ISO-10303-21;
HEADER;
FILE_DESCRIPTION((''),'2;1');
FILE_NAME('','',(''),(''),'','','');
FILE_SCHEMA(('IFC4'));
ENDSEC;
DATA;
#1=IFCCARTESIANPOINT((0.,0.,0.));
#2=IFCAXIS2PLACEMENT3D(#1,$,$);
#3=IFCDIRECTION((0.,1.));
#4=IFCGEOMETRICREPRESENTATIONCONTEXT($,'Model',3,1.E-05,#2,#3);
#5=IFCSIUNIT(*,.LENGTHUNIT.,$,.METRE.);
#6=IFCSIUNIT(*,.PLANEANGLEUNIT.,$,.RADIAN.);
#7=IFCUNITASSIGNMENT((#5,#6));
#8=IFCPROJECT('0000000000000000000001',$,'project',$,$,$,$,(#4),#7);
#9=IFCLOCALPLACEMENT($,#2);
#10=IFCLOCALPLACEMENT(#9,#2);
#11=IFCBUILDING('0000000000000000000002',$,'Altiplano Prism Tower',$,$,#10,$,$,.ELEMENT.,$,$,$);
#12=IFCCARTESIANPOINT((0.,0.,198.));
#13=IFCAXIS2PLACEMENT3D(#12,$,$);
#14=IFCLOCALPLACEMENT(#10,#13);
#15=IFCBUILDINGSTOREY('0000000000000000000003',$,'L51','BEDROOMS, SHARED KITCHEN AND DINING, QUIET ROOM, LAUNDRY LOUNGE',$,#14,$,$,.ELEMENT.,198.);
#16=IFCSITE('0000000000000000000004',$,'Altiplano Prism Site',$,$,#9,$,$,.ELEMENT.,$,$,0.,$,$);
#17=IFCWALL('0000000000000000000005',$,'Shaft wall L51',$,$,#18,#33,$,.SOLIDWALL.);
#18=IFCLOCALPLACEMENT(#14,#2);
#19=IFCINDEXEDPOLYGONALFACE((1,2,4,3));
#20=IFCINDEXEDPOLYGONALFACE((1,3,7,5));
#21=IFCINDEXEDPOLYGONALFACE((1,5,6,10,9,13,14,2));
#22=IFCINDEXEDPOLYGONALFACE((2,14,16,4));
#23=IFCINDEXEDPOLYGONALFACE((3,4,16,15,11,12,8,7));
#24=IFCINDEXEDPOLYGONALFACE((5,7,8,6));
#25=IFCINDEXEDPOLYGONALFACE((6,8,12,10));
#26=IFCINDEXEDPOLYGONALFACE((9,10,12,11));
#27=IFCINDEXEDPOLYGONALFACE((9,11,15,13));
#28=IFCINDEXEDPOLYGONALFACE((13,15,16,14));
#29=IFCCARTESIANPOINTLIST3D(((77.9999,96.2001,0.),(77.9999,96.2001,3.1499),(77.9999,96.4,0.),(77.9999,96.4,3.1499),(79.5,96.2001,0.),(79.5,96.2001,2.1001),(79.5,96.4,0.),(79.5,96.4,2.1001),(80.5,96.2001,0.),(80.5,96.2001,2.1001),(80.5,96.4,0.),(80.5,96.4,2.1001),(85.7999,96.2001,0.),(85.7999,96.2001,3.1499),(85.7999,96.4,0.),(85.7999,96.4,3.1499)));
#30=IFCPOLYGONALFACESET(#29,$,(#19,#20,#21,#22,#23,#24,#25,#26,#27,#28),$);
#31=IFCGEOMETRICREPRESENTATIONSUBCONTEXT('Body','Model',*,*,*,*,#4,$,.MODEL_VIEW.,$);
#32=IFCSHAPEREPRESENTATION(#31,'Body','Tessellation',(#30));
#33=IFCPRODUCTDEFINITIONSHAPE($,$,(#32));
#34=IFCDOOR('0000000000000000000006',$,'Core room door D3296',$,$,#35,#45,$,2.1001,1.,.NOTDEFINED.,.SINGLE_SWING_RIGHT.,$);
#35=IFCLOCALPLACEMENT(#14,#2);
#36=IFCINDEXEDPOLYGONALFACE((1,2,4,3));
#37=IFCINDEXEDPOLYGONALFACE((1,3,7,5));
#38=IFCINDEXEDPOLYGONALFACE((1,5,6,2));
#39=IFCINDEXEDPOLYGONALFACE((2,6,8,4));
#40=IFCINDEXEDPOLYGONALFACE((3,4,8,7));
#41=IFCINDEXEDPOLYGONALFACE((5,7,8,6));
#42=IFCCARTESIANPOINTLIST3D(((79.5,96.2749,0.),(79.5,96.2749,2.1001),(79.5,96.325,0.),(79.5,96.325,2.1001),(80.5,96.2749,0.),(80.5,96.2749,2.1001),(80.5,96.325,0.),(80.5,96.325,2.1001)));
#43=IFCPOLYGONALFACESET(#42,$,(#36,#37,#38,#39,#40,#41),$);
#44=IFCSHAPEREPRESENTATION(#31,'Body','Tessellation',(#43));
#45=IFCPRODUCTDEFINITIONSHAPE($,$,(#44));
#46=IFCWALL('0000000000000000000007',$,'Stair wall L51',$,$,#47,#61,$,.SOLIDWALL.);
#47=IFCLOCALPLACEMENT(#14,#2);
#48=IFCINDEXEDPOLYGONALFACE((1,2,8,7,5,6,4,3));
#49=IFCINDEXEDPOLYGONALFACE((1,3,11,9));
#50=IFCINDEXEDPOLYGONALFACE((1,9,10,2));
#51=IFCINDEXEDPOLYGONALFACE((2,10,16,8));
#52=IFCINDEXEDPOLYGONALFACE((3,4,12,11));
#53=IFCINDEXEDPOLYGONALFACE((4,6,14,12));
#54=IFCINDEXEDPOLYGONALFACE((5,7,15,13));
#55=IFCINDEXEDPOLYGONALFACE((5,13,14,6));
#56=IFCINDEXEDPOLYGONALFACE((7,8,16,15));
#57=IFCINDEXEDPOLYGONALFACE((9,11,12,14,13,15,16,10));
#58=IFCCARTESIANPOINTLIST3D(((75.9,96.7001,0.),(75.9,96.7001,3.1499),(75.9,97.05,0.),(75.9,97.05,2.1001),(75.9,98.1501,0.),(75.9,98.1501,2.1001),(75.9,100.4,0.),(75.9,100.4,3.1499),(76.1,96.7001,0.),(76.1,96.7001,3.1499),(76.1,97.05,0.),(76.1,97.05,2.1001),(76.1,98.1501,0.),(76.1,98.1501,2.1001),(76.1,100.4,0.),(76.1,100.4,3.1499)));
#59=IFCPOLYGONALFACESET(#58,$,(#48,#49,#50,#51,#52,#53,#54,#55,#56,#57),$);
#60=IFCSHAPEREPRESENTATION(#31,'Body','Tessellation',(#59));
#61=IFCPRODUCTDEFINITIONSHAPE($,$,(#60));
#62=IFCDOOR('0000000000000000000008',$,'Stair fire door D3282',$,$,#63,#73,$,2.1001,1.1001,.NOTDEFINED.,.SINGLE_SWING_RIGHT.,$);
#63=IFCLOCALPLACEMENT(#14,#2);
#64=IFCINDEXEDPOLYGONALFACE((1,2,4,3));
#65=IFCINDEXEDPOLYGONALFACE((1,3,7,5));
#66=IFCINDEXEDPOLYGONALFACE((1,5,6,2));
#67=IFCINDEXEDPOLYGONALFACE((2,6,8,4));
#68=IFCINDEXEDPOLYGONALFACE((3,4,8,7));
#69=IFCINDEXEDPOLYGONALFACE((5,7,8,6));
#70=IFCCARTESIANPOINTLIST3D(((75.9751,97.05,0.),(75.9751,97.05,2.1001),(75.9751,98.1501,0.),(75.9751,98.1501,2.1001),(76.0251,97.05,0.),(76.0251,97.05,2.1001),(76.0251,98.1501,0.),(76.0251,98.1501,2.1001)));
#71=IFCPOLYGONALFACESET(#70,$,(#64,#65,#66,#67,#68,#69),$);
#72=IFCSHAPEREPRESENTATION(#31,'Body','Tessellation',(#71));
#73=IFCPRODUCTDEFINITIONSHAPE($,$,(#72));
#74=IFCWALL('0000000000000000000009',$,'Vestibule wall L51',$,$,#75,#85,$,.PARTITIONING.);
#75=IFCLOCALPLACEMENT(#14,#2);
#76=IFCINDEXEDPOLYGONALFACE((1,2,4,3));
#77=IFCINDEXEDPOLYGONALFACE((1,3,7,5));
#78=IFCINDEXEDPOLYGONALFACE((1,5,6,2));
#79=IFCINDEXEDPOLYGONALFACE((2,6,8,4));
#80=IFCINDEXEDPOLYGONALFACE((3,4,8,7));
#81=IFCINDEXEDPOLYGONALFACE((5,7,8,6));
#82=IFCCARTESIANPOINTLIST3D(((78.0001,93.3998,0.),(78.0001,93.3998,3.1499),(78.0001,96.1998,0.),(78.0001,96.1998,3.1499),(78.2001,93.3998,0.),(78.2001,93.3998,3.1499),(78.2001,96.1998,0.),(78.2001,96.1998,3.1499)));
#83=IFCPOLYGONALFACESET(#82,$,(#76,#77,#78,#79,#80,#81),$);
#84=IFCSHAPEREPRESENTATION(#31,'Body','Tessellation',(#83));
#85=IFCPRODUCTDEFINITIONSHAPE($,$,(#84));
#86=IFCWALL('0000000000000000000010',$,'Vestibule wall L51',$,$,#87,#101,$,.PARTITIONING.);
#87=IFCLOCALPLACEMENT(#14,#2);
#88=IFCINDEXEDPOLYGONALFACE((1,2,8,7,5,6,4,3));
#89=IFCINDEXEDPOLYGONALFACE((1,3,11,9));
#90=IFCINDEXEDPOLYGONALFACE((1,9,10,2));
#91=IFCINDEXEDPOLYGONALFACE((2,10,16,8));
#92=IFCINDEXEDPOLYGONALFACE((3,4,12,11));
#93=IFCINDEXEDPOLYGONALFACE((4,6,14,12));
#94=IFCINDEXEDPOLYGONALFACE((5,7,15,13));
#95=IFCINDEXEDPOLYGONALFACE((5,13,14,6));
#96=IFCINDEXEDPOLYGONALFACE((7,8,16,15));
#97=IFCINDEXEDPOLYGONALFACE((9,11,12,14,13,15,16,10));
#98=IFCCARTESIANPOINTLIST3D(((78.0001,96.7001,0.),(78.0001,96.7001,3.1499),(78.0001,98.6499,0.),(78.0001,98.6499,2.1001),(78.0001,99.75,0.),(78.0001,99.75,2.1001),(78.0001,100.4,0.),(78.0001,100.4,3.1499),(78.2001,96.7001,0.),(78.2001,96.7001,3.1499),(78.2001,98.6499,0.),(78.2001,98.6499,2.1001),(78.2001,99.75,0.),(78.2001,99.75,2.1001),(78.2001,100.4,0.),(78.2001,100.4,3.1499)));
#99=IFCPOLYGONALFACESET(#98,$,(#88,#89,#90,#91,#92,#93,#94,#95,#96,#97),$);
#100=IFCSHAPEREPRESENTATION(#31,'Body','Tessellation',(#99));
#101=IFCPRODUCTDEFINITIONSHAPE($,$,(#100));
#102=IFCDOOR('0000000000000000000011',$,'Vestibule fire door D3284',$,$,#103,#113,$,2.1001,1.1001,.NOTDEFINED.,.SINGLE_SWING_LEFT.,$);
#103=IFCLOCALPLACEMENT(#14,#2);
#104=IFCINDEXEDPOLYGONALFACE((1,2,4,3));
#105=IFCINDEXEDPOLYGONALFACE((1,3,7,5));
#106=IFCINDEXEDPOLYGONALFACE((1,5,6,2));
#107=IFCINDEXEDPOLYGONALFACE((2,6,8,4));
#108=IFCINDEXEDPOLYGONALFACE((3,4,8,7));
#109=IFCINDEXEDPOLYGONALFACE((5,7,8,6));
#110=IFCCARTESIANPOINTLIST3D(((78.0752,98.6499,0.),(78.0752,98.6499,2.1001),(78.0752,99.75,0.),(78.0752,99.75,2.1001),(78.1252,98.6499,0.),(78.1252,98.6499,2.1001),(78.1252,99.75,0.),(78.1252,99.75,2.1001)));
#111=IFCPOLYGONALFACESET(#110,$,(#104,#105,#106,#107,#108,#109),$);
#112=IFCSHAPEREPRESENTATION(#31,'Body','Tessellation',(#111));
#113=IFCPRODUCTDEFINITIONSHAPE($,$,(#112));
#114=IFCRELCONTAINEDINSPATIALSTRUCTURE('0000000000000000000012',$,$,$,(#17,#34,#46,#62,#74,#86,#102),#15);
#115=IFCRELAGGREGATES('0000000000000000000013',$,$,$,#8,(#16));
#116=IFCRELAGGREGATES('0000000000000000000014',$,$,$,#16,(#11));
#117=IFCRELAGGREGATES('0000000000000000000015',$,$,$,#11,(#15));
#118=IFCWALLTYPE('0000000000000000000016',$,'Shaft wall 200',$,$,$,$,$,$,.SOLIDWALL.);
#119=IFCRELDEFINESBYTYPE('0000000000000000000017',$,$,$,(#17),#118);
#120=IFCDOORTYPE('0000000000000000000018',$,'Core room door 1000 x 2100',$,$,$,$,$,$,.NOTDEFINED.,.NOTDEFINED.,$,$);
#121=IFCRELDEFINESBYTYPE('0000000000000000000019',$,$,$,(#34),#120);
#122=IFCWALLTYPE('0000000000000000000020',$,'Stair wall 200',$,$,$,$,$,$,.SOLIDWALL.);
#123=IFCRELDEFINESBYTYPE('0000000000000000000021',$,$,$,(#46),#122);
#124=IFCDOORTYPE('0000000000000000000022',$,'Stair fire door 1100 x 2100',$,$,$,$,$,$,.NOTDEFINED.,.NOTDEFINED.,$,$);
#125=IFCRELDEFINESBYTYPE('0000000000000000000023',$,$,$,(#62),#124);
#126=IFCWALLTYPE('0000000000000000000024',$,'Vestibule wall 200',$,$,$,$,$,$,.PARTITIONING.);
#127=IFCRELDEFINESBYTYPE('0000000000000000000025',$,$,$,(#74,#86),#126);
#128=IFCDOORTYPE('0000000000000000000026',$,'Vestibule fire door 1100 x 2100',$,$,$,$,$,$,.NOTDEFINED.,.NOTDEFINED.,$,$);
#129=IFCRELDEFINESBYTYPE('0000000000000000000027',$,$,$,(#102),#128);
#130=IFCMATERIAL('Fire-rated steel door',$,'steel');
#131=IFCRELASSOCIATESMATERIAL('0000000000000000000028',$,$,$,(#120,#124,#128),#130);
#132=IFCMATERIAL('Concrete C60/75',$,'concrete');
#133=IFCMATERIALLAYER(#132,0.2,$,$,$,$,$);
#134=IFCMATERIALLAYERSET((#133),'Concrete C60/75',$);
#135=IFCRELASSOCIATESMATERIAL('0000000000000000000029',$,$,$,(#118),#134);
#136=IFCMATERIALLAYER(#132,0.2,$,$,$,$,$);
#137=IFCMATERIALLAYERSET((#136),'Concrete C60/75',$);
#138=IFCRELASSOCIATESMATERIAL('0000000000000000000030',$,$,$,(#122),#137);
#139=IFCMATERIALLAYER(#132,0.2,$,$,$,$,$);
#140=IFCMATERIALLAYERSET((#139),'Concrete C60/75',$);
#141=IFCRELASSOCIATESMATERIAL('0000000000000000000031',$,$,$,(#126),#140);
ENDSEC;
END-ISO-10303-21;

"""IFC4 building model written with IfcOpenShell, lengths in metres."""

from ifc_helpers import new_model, si_unit, direction, frame, frame_2d, origin, place, context, subcontext, project, spatial, rectangle, extrude, material, layer, layer_set, type_object, element, fill, save


model = new_model("IFC4")

# Units and contexts
model_context = context("Model", 3, precision=1e-05, world=origin(), true_north=direction((0.0, 1.0)))
body_context = subcontext(model_context, "Body", "Model", "MODEL_VIEW")
ifc_project = project(units=[si_unit("LENGTHUNIT", "METRE"), si_unit("PLANEANGLEUNIT", "RADIAN")], contexts=[model_context])

# Site, building, storey
site_placement = place(None, origin())
site = spatial("IfcSite", under=ifc_project, at=site_placement, Name="Altiplano Prism Site", CompositionType="ELEMENT", RefElevation=0.0)
building_placement = place(site_placement, origin())
building = spatial("IfcBuilding", under=site, at=building_placement, Name="Altiplano Prism Tower", CompositionType="ELEMENT")
storey_placement = place(building_placement, frame((0.0, 0.0, 198.0)))
storey = spatial("IfcBuildingStorey", under=building, at=storey_placement, Name="L51", Description="BEDROOMS, SHARED KITCHEN AND DINING, QUIET ROOM, LAUNDRY LOUNGE", CompositionType="ELEMENT", Elevation=198.0)

# Shared definitions
ifc_material_1 = material(Name="Concrete C60/75", Category="concrete")
ifc_material_2 = material(Name="Fire-rated steel door", Category="steel")
door_type_1 = type_object("IfcDoorType", Name="Core room door 1000 x 2100", OperationType="NOTDEFINED", PredefinedType="NOTDEFINED", material=ifc_material_2)

# Walls, openings, doors
ifc_layer_1 = layer(ifc_material_1, 0.2)
ifc_layer_set_1 = layer_set([ifc_layer_1], Name="Concrete C60/75")
wall_type_1 = type_object("IfcWallType", Name="Shaft wall 200", PredefinedType="SOLIDWALL", material=ifc_layer_set_1)
wall_1_placement = place(storey_placement, frame((78.0, 96.3, 0.0), z_axis=(0.0, 0.0, 1.0), x_axis=(1.0, 0.0, 0.0)))
wall_1 = element("IfcWall", 1, at=wall_1_placement, inside=storey, type_object=wall_type_1, Name="Shaft wall L51", PredefinedType="SOLIDWALL", context=body_context, shape_type="SweptSolid", body=[
    extrude(rectangle(XDim=7.8, YDim=0.2, at=frame_2d((3.8999, 0.0))), origin(), (0.0, 0.0, 1.0), 3.1499),
])
opening_1_placement = place(wall_1_placement, frame((1.5, 0.0, 0.0)))
opening_1 = element("IfcOpeningElement", 2, at=opening_1_placement, cuts=wall_1, PredefinedType="OPENING", context=body_context, shape_type="SweptSolid", body=[
    extrude(rectangle(XDim=1.0, YDim=2.1001, at=frame_2d((0.5, 1.05))), frame((0.0, 0.1104, 0.0), z_axis=(0.0, -1.0, 0.0), x_axis=(1.0, 0.0, 0.0)), (0.0, 0.0, 1.0), 0.2209),
])
door_1_placement = place(opening_1_placement, origin())
door_1 = element("IfcDoor", 3, at=door_1_placement, inside=storey, type_object=door_type_1, Name="Core room door D3296", OperationType="SINGLE_SWING_RIGHT", OverallHeight=2.1001, OverallWidth=1.0, PredefinedType="NOTDEFINED", context=body_context, shape_type="SweptSolid", body=[
    extrude(rectangle(XDim=1.0, YDim=2.1001, at=frame_2d((0.5, 1.05))), frame((0.0, 0.0249, 0.0), z_axis=(0.0, -1.0, 0.0), x_axis=(1.0, 0.0, 0.0)), (0.0, 0.0, 1.0), 0.05),
])
fill(opening_1, door_1)
ifc_layer_2 = layer(ifc_material_1, 0.2)
ifc_layer_set_2 = layer_set([ifc_layer_2], Name="Concrete C60/75")
wall_type_2 = type_object("IfcWallType", Name="Stair wall 200", PredefinedType="SOLIDWALL", material=ifc_layer_set_2)
wall_2_placement = place(storey_placement, frame((76.0, 96.7, 0.0), z_axis=(0.0, 0.0, 1.0), x_axis=(0.0, 1.0, 0.0)))
wall_2 = element("IfcWall", 4, at=wall_2_placement, inside=storey, type_object=wall_type_2, Name="Stair wall L51", PredefinedType="SOLIDWALL", context=body_context, shape_type="SweptSolid", body=[
    extrude(rectangle(XDim=3.7, YDim=0.2, at=frame_2d((1.8501, 0.0))), origin(), (0.0, 0.0, 1.0), 3.1499),
])
opening_2_placement = place(wall_2_placement, frame((0.3501, 0.0, 0.0)))
opening_2 = element("IfcOpeningElement", 5, at=opening_2_placement, cuts=wall_2, PredefinedType="OPENING", context=body_context, shape_type="SweptSolid", body=[
    extrude(rectangle(XDim=1.1001, YDim=2.1001, at=frame_2d((0.55, 1.05))), frame((0.0, 0.1104, 0.0), z_axis=(0.0, -1.0, 0.0), x_axis=(1.0, 0.0, 0.0)), (0.0, 0.0, 1.0), 0.2209),
])
door_type_2 = type_object("IfcDoorType", Name="Stair fire door 1100 x 2100", OperationType="NOTDEFINED", PredefinedType="NOTDEFINED", material=ifc_material_2)
door_2_placement = place(opening_2_placement, origin())
door_2 = element("IfcDoor", 6, at=door_2_placement, inside=storey, type_object=door_type_2, Name="Stair fire door D3282", OperationType="SINGLE_SWING_RIGHT", OverallHeight=2.1001, OverallWidth=1.1001, PredefinedType="NOTDEFINED", context=body_context, shape_type="SweptSolid", body=[
    extrude(rectangle(XDim=1.1001, YDim=2.1001, at=frame_2d((0.55, 1.05))), frame((0.0, 0.0249, 0.0), z_axis=(0.0, -1.0, 0.0), x_axis=(1.0, 0.0, 0.0)), (0.0, 0.0, 1.0), 0.05),
])
fill(opening_2, door_2)

# Wall
ifc_layer_3 = layer(ifc_material_1, 0.2)
ifc_layer_set_3 = layer_set([ifc_layer_3], Name="Concrete C60/75")
wall_type_3 = type_object("IfcWallType", Name="Vestibule wall 200", PredefinedType="PARTITIONING", material=ifc_layer_set_3)
wall_3_placement = place(storey_placement, frame((78.1001, 93.3999, 0.0), z_axis=(0.0, 0.0, 1.0), x_axis=(0.0, 1.0, 0.0)))
element("IfcWall", 7, at=wall_3_placement, inside=storey, type_object=wall_type_3, Name="Vestibule wall L51", PredefinedType="PARTITIONING", context=body_context, shape_type="SweptSolid", body=[
    extrude(rectangle(XDim=2.8, YDim=0.2, at=frame_2d((1.3999, 0.0))), origin(), (0.0, 0.0, 1.0), 3.1499),
])

# Wall, opening, door
wall_4_placement = place(storey_placement, frame((78.1001, 96.7, 0.0), z_axis=(0.0, 0.0, 1.0), x_axis=(0.0, 1.0, 0.0)))
wall_4 = element("IfcWall", 8, at=wall_4_placement, inside=storey, type_object=wall_type_3, Name="Vestibule wall L51", PredefinedType="PARTITIONING", context=body_context, shape_type="SweptSolid", body=[
    extrude(rectangle(XDim=3.7, YDim=0.2, at=frame_2d((1.8501, 0.0))), origin(), (0.0, 0.0, 1.0), 3.1499),
])
opening_3_placement = place(wall_4_placement, frame((1.95, 0.0, 0.0)))
opening_3 = element("IfcOpeningElement", 9, at=opening_3_placement, cuts=wall_4, PredefinedType="OPENING", context=body_context, shape_type="SweptSolid", body=[
    extrude(rectangle(XDim=1.1001, YDim=2.1001, at=frame_2d((0.55, 1.05))), frame((0.0, 0.1104, 0.0), z_axis=(0.0, -1.0, 0.0), x_axis=(1.0, 0.0, 0.0)), (0.0, 0.0, 1.0), 0.2209),
])
door_type_3 = type_object("IfcDoorType", Name="Vestibule fire door 1100 x 2100", OperationType="NOTDEFINED", PredefinedType="NOTDEFINED", material=ifc_material_2)
door_3_placement = place(opening_3_placement, origin())
door_3 = element("IfcDoor", 10, at=door_3_placement, inside=storey, type_object=door_type_3, Name="Vestibule fire door D3284", OperationType="SINGLE_SWING_LEFT", OverallHeight=2.1001, OverallWidth=1.1001, PredefinedType="NOTDEFINED", context=body_context, shape_type="SweptSolid", body=[
    extrude(rectangle(XDim=1.1001, YDim=2.1001, at=frame_2d((0.55, 1.05))), frame((0.0, 0.0249, 0.0), z_axis=(0.0, -1.0, 0.0), x_axis=(1.0, 0.0, 0.0)), (0.0, 0.0, 1.0), 0.05),
])
fill(opening_3, door_3)

save(model, "model.ifc")
